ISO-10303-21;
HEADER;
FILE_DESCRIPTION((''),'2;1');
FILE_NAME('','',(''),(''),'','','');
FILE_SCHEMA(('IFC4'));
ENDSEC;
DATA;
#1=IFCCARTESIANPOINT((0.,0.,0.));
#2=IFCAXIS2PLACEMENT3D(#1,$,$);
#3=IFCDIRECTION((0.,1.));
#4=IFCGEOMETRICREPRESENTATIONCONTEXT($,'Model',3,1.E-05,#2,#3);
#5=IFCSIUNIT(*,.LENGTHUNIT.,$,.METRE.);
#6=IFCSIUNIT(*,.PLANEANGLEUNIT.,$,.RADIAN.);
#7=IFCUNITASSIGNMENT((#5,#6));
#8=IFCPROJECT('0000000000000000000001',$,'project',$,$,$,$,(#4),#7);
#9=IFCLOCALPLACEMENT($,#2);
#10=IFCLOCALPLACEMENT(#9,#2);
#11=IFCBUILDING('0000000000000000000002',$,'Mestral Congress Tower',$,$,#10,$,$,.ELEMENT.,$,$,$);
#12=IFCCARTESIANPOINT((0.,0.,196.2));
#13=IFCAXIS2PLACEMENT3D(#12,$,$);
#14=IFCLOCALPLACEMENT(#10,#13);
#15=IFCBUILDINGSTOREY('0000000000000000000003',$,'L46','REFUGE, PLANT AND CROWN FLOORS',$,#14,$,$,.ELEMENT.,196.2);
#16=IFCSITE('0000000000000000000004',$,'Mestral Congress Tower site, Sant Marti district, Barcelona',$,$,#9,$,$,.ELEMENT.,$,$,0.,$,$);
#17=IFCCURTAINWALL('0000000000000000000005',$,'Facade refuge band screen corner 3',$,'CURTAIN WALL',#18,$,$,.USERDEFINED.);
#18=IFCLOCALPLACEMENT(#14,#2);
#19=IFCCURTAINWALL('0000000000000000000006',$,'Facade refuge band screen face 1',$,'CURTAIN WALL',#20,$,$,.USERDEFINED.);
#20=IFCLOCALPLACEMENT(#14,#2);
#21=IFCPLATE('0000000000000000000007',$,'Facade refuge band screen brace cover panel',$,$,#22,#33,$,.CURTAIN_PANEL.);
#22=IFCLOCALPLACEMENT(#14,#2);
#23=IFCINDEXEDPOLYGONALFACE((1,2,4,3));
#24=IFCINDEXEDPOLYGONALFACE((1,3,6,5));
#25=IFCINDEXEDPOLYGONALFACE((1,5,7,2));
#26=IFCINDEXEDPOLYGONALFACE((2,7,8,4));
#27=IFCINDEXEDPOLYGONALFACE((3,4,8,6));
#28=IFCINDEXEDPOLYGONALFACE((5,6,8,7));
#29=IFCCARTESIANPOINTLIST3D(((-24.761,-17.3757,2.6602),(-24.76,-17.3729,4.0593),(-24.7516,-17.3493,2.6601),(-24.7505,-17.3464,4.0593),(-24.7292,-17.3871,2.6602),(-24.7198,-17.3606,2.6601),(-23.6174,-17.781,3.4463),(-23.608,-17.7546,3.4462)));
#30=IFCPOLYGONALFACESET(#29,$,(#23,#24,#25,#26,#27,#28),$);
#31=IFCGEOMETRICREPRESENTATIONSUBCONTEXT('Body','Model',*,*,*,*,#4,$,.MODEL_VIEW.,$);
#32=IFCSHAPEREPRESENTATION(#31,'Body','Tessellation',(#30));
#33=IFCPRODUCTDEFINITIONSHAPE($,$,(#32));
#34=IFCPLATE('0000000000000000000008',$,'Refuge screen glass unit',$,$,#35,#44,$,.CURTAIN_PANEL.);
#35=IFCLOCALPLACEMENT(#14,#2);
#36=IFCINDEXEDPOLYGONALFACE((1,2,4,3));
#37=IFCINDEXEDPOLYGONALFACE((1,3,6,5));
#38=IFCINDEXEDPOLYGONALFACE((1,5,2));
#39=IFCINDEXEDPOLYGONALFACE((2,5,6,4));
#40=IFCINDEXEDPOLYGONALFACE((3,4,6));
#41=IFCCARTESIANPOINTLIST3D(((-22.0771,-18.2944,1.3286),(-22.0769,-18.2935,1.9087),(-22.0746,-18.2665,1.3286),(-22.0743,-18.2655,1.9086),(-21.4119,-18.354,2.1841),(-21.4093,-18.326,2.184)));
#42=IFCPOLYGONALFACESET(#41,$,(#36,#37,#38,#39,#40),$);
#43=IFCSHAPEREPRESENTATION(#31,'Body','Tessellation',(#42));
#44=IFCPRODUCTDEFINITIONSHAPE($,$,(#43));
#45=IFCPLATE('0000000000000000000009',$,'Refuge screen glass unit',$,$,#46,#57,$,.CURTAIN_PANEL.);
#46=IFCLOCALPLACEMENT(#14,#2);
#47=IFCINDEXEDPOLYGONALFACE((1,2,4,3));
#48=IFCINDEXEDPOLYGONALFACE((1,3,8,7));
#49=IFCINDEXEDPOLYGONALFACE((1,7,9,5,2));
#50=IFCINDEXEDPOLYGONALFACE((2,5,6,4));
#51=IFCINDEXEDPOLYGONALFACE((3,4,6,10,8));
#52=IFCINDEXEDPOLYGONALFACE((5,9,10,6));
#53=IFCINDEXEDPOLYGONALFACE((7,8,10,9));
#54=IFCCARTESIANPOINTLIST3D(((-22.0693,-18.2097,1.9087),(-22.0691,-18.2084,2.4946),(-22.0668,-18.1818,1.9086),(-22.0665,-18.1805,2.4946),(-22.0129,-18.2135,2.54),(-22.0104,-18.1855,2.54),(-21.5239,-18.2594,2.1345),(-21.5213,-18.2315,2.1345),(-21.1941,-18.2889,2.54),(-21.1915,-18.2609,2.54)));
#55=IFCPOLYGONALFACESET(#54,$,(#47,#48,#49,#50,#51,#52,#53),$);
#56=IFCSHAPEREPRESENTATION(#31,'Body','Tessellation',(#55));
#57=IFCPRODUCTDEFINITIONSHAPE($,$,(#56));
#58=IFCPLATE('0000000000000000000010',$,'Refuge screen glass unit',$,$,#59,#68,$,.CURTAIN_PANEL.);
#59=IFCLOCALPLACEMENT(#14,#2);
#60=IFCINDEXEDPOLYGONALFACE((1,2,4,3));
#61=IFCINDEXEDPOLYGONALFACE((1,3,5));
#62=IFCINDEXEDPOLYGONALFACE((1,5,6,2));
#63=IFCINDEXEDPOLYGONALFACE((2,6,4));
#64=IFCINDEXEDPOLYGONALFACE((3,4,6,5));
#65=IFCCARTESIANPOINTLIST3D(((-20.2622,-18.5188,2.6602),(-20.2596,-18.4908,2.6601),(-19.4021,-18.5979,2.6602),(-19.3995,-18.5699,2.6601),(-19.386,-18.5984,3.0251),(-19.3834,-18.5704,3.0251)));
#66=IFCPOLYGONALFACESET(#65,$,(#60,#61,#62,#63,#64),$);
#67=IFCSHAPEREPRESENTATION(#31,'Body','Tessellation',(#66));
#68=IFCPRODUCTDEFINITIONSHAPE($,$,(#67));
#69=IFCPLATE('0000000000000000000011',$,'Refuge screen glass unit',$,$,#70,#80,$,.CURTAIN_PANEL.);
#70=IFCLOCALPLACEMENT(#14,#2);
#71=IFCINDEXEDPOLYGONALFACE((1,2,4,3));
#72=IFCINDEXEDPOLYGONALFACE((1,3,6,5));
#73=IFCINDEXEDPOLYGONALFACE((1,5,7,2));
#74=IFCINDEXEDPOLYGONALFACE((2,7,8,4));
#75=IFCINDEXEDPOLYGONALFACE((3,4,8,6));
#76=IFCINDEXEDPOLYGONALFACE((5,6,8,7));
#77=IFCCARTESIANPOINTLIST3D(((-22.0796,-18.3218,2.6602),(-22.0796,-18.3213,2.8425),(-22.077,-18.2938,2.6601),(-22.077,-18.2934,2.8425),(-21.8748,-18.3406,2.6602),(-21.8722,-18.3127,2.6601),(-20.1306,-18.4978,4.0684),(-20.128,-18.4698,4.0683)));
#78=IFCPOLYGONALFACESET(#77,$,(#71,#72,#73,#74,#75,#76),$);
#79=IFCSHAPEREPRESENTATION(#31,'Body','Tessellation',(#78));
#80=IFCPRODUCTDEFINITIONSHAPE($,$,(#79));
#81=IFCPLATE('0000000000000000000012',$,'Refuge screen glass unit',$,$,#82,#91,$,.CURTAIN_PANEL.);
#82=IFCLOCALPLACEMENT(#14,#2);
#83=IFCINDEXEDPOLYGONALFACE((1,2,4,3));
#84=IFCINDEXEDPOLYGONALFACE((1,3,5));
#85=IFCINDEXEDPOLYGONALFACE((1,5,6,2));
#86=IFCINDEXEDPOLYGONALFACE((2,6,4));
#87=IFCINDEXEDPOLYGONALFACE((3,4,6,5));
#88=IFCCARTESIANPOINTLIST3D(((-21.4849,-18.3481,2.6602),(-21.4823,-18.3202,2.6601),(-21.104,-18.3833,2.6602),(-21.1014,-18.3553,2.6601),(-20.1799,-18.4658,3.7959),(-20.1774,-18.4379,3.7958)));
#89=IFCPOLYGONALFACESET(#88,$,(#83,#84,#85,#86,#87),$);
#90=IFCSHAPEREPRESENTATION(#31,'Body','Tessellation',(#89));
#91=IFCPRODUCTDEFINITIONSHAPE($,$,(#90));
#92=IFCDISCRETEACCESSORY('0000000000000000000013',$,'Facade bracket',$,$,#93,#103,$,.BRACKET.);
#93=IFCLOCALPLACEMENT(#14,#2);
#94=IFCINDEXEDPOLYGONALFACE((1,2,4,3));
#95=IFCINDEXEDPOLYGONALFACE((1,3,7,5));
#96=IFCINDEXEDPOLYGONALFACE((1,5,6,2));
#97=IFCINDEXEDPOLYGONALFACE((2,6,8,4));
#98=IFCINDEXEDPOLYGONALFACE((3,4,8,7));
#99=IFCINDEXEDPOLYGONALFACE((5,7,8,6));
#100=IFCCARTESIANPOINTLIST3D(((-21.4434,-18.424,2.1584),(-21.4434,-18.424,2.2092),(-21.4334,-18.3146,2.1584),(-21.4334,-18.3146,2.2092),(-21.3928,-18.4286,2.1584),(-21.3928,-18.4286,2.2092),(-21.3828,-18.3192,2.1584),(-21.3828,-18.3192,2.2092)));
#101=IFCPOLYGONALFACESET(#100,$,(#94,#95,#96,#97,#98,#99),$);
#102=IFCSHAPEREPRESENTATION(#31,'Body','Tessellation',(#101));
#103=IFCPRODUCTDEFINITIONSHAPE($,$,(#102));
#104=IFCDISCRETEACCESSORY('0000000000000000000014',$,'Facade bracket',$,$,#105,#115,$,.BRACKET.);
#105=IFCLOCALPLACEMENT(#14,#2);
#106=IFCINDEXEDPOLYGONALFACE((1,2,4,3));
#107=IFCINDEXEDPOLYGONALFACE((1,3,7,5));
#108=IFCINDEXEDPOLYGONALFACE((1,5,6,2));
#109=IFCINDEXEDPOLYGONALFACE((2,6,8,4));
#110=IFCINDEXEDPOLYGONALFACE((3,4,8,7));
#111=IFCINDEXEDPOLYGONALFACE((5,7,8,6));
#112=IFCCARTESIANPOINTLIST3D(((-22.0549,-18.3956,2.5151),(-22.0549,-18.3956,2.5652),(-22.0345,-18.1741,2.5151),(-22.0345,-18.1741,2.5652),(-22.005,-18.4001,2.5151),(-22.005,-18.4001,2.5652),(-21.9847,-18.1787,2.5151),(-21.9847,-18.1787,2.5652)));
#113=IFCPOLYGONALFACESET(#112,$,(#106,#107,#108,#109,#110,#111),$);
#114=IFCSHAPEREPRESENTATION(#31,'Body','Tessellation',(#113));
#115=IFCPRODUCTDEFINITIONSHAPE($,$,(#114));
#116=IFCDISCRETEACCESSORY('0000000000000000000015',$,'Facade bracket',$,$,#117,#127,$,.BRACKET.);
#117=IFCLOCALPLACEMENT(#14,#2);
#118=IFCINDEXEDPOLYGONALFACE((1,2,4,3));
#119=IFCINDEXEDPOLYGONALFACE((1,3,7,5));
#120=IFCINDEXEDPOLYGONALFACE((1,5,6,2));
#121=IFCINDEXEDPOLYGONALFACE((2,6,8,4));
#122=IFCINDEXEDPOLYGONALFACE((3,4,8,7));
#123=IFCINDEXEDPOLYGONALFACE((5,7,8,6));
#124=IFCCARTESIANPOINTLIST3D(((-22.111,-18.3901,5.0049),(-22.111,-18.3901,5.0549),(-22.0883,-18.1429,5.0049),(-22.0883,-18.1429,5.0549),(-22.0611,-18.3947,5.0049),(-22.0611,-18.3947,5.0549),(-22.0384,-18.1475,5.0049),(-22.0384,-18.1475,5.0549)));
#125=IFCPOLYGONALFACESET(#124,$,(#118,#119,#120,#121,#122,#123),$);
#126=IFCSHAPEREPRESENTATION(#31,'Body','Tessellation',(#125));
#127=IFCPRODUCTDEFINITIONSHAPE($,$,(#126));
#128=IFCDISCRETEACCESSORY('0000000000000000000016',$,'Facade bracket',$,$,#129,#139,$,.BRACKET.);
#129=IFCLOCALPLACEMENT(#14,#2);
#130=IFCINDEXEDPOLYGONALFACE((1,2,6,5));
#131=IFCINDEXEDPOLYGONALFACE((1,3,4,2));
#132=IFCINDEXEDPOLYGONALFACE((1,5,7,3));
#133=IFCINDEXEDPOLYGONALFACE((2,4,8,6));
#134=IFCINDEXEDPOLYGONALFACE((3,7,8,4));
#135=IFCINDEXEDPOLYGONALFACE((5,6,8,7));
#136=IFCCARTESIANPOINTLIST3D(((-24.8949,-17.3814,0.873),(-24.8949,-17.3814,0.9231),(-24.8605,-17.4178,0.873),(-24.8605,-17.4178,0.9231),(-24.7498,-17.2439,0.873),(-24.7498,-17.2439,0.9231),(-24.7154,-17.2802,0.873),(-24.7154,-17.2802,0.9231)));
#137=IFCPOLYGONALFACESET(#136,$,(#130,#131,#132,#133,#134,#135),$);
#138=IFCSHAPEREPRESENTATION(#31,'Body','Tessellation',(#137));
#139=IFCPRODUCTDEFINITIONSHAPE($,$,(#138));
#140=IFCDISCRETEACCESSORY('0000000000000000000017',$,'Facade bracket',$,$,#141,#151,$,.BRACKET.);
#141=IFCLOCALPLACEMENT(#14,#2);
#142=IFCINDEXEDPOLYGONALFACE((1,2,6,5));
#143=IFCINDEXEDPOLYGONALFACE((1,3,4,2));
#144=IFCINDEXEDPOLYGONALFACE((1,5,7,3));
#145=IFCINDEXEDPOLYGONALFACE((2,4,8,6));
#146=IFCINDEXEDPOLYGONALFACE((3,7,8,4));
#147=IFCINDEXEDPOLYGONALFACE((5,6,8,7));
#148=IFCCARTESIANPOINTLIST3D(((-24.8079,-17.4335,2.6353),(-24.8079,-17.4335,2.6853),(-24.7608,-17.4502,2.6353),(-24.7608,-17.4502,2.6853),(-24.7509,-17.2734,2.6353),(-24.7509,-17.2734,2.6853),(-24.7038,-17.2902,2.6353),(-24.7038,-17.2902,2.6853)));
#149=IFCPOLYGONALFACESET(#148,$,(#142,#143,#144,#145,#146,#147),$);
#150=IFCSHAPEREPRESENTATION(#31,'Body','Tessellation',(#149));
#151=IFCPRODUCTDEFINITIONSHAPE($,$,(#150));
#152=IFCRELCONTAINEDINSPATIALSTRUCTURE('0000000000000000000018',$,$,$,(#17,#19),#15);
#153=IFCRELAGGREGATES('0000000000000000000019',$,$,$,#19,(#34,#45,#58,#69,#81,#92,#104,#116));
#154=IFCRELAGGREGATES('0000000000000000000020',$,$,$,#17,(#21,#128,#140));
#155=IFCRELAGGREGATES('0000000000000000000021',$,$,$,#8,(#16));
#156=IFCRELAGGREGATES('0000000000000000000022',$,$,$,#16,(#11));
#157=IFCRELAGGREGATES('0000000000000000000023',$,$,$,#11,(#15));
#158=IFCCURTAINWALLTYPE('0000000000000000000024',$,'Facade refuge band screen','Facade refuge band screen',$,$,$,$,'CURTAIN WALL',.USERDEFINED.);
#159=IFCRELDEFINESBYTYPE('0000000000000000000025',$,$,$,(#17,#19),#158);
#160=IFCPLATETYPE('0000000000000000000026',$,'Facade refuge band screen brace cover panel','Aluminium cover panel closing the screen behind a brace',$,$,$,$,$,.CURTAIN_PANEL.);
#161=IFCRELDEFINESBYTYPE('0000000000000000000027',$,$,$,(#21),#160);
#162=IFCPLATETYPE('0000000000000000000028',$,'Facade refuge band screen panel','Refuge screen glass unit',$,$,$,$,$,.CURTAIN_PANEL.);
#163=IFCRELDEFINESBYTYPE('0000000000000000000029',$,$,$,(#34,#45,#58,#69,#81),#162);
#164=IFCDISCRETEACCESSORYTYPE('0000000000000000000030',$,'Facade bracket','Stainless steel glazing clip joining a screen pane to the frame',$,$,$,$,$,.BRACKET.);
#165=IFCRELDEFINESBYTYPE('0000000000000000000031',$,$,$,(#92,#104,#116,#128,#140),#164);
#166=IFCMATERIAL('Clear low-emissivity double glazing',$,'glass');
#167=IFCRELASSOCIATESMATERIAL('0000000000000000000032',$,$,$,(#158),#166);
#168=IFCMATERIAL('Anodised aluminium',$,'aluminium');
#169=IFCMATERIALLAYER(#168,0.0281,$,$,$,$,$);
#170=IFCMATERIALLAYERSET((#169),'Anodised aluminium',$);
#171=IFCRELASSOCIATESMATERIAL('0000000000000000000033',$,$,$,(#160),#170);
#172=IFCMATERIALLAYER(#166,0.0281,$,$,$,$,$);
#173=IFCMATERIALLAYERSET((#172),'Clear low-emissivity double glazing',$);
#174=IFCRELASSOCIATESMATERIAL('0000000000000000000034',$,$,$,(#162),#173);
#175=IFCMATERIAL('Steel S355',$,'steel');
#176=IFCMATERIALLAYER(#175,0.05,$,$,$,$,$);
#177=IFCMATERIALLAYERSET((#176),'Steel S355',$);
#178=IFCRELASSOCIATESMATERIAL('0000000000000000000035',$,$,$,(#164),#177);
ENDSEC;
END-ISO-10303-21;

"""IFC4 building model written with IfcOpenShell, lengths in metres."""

from ifc_helpers import new_model, si_unit, direction, frame, origin, origin_2d, place, context, subcontext, project, spatial, polyline, rectangle, outline, extrude, material, layer, layer_set, type_object, element, aggregate, save


model = new_model("IFC4")

# Units and contexts
model_context = context("Model", 3, precision=1e-05, world=origin(), true_north=direction((0.0, 1.0)))
body_context = subcontext(model_context, "Body", "Model", "MODEL_VIEW")
ifc_project = project(units=[si_unit("LENGTHUNIT", "METRE"), si_unit("PLANEANGLEUNIT", "RADIAN")], contexts=[model_context])

# Site, building, storey
site_placement = place(None, origin())
site = spatial("IfcSite", under=ifc_project, at=site_placement, Name="Mestral Congress Tower site, Sant Marti district, Barcelona", CompositionType="ELEMENT", RefElevation=0.0)
building_placement = place(site_placement, origin())
building = spatial("IfcBuilding", under=site, at=building_placement, Name="Mestral Congress Tower", CompositionType="ELEMENT")
storey_placement = place(building_placement, frame((0.0, 0.0, 196.2)))
storey = spatial("IfcBuildingStorey", under=building, at=storey_placement, Name="L46", Description="REFUGE, PLANT AND CROWN FLOORS", CompositionType="ELEMENT", Elevation=196.2)

# Shared definitions
ifc_material_1 = material(Name="Steel S355", Category="steel")

# Curtain walls
ifc_material_2 = material(Name="Clear low-emissivity double glazing", Category="glass")
curtain_wall_type = type_object("IfcCurtainWallType", Name="Facade refuge band screen", Description="Facade refuge band screen", ElementType="CURTAIN WALL", PredefinedType="USERDEFINED", material=ifc_material_2)
placement = place(storey_placement, origin())
curtain_wall_1 = element("IfcCurtainWall", 1, at=placement, inside=storey, type_object=curtain_wall_type, Name="Facade refuge band screen corner 3", ObjectType="CURTAIN WALL", PredefinedType="USERDEFINED")
ifc_material_3 = material(Name="Anodised aluminium", Category="aluminium")
curtain_wall_2 = element("IfcCurtainWall", 2, at=placement, inside=storey, type_object=curtain_wall_type, Name="Facade refuge band screen face 1", ObjectType="CURTAIN WALL", PredefinedType="USERDEFINED")

# Plates
ifc_layer_1 = layer(ifc_material_3, 0.0281)
ifc_layer_set_1 = layer_set([ifc_layer_1], Name="Anodised aluminium")
plate_type_1 = type_object("IfcPlateType", Name="Facade refuge band screen brace cover panel", Description="Aluminium cover panel closing the screen behind a brace", PredefinedType="CURTAIN_PANEL", material=ifc_layer_set_1)
plate_1_placement = place(storey_placement, frame((-24.761, -17.3757, 2.6602), z_axis=(-0.33536, -0.942088, 0.002161), x_axis=(0.000738, 0.002031, 0.999998)))
plate_1 = element("IfcPlate", 3, at=plate_1_placement, type_object=plate_type_1, Name="Facade refuge band screen brace cover panel", PredefinedType="CURTAIN_PANEL", context=body_context, shape_type="SweptSolid", body=[
    extrude(outline(polyline([(0.0, 0.0), (1.3992, 0.0), (0.7862, -1.2132), (0.0, -0.0337), (0.0, 0.0)])), origin(), (0.0, 0.0, -1.0), 0.0281),
])
ifc_layer_2 = layer(ifc_material_2, 0.0281)
ifc_layer_set_2 = layer_set([ifc_layer_2], Name="Clear low-emissivity double glazing")
plate_type_2 = type_object("IfcPlateType", Name="Facade refuge band screen panel", Description="Refuge screen glass unit", PredefinedType="CURTAIN_PANEL", material=ifc_layer_set_2)
plate_2_placement = place(storey_placement, frame((-22.0771, -18.2944, 1.3286), z_axis=(-0.091372, -0.995815, 0.001715), x_axis=(0.000421, 0.001683, 0.999998)))
plate_2 = element("IfcPlate", 4, at=plate_2_placement, type_object=plate_type_2, Name="Refuge screen glass unit", PredefinedType="CURTAIN_PANEL", context=body_context, shape_type="SweptSolid", body=[
    extrude(outline(polyline([(0.0, 0.0), (0.5801, 0.0), (0.8556, -0.6677), (0.0, 0.0)])), origin(), (0.0, 0.0, -1.0), 0.0281),
])
plate_3_placement = place(storey_placement, frame((-22.0693, -18.2097, 1.9087), z_axis=(-0.091657, -0.995788, 0.002231), x_axis=(0.000427, 0.002201, 0.999997)))
plate_3 = element("IfcPlate", 5, at=plate_3_placement, type_object=plate_type_2, Name="Refuge screen glass unit", PredefinedType="CURTAIN_PANEL", context=body_context, shape_type="SweptSolid", body=[
    extrude(outline(polyline([(0.0, 0.0), (0.5859, 0.0), (0.6314, -0.0564), (0.6315, -0.8787), (0.226, -0.5476), (0.0, 0.0)])), origin(), (0.0, 0.0, -1.0), 0.0281),
])
plate_4_placement = place(storey_placement, frame((-20.2622, -18.5188, 2.6602), z_axis=(-0.09158, -0.995794, 0.002711), x_axis=(0.919887, -0.083556, 0.383179)))
plate_4 = element("IfcPlate", 6, at=plate_4_placement, type_object=plate_type_2, Name="Refuge screen glass unit", PredefinedType="CURTAIN_PANEL", context=body_context, shape_type="SweptSolid", body=[
    extrude(outline(polyline([(0.0, 0.0), (0.9525, 0.0), (0.7978, -0.331), (0.0, 0.0)])), origin(), (0.0, 0.0, -1.0), 0.0281),
])
plate_5_placement = place(storey_placement, frame((-22.0796, -18.3218, 2.6602), z_axis=(-0.091651, -0.995788, 0.002373), x_axis=(-0.000027, 0.002385, 0.999997)))
plate_5 = element("IfcPlate", 7, at=plate_5_placement, type_object=plate_type_2, Name="Refuge screen glass unit", PredefinedType="CURTAIN_PANEL", context=body_context, shape_type="SweptSolid", body=[
    extrude(outline(polyline([(0.0, 0.0), (0.1824, 0.0), (1.4077, -1.9573), (-0.0001, -0.2057), (0.0, 0.0)])), origin(), (0.0, 0.0, -1.0), 0.0281),
])
plate_6_placement = place(storey_placement, frame((-21.4849, -18.3481, 2.6602), z_axis=(-0.091917, -0.995764, 0.002437), x_axis=(0.752575, -0.067865, 0.655)))
plate_6 = element("IfcPlate", 8, at=plate_6_placement, type_object=plate_type_2, Name="Refuge screen glass unit", PredefinedType="CURTAIN_PANEL", context=body_context, shape_type="SweptSolid", body=[
    extrude(outline(polyline([(0.0, 0.0), (1.734, 0.0), (0.289, -0.2505), (0.0, 0.0)])), origin(), (0.0, 0.0, -1.0), 0.0281),
])

# Discrete accessories
ifc_layer_3 = layer(ifc_material_1, 0.05)
ifc_layer_set_3 = layer_set([ifc_layer_3], Name="Steel S355")
discrete_accessory_type = type_object("IfcDiscreteAccessoryType", Name="Facade bracket", Description="Stainless steel glazing clip joining a screen pane to the frame", PredefinedType="BRACKET", material=ifc_layer_set_3)
discrete_accessory_1_placement = place(storey_placement, frame((-21.4131, -18.3716, 2.1584), z_axis=(0.0, 0.0, 1.0), x_axis=(0.995817, -0.091371, 0.0)))
discrete_accessory_1 = element("IfcDiscreteAccessory", 9, at=discrete_accessory_1_placement, type_object=discrete_accessory_type, Name="Facade bracket", PredefinedType="BRACKET", context=body_context, shape_type="SweptSolid", body=[
    extrude(rectangle(XDim=0.0508, YDim=0.1099, at=origin_2d()), origin(), (0.0, 0.0, 1.0), 0.0508),
])
discrete_accessory_2_placement = place(storey_placement, frame((-22.0198, -18.2871, 2.5151), z_axis=(0.0, 0.0, 1.0), x_axis=(0.99581, -0.091449, 0.0)))
discrete_accessory_2 = element("IfcDiscreteAccessory", 10, at=discrete_accessory_2_placement, type_object=discrete_accessory_type, Name="Facade bracket", PredefinedType="BRACKET", context=body_context, shape_type="SweptSolid", body=[
    extrude(rectangle(XDim=0.05, YDim=0.2224, at=origin_2d()), origin(), (0.0, 0.0, 1.0), 0.05),
])
discrete_accessory_3_placement = place(storey_placement, frame((-22.0747, -18.2688, 5.0049), z_axis=(0.0, 0.0, 1.0), x_axis=(0.995809, -0.09146, 0.0)))
discrete_accessory_3 = element("IfcDiscreteAccessory", 11, at=discrete_accessory_3_placement, type_object=discrete_accessory_type, Name="Facade bracket", PredefinedType="BRACKET", context=body_context, shape_type="SweptSolid", body=[
    extrude(rectangle(XDim=0.05, YDim=0.2483, at=origin_2d()), origin(), (0.0, 0.0, 1.0), 0.05),
])
aggregate(curtain_wall_2, [plate_2, plate_3, plate_4, plate_5, plate_6, discrete_accessory_1, discrete_accessory_2, discrete_accessory_3])
discrete_accessory_4_placement = place(storey_placement, frame((-24.8052, -17.3308, 0.873), z_axis=(0.0, 0.0, 1.0), x_axis=(0.68797, -0.725739, 0.0)))
discrete_accessory_4 = element("IfcDiscreteAccessory", 12, at=discrete_accessory_4_placement, type_object=discrete_accessory_type, Name="Facade bracket", PredefinedType="BRACKET", context=body_context, shape_type="SweptSolid", body=[
    extrude(rectangle(XDim=0.05, YDim=0.2, at=origin_2d()), origin(), (0.0, 0.0, 1.0), 0.05),
])
discrete_accessory_5_placement = place(storey_placement, frame((-24.7559, -17.3618, 2.6353), z_axis=(0.0, 0.0, 1.0), x_axis=(0.942089, -0.335363, 0.0)))
discrete_accessory_5 = element("IfcDiscreteAccessory", 13, at=discrete_accessory_5_placement, type_object=discrete_accessory_type, Name="Facade bracket", PredefinedType="BRACKET", context=body_context, shape_type="SweptSolid", body=[
    extrude(rectangle(XDim=0.05, YDim=0.1699, at=origin_2d()), origin(), (0.0, 0.0, 1.0), 0.05),
])
aggregate(curtain_wall_1, [plate_1, discrete_accessory_4, discrete_accessory_5])

save(model, "model.ifc")
